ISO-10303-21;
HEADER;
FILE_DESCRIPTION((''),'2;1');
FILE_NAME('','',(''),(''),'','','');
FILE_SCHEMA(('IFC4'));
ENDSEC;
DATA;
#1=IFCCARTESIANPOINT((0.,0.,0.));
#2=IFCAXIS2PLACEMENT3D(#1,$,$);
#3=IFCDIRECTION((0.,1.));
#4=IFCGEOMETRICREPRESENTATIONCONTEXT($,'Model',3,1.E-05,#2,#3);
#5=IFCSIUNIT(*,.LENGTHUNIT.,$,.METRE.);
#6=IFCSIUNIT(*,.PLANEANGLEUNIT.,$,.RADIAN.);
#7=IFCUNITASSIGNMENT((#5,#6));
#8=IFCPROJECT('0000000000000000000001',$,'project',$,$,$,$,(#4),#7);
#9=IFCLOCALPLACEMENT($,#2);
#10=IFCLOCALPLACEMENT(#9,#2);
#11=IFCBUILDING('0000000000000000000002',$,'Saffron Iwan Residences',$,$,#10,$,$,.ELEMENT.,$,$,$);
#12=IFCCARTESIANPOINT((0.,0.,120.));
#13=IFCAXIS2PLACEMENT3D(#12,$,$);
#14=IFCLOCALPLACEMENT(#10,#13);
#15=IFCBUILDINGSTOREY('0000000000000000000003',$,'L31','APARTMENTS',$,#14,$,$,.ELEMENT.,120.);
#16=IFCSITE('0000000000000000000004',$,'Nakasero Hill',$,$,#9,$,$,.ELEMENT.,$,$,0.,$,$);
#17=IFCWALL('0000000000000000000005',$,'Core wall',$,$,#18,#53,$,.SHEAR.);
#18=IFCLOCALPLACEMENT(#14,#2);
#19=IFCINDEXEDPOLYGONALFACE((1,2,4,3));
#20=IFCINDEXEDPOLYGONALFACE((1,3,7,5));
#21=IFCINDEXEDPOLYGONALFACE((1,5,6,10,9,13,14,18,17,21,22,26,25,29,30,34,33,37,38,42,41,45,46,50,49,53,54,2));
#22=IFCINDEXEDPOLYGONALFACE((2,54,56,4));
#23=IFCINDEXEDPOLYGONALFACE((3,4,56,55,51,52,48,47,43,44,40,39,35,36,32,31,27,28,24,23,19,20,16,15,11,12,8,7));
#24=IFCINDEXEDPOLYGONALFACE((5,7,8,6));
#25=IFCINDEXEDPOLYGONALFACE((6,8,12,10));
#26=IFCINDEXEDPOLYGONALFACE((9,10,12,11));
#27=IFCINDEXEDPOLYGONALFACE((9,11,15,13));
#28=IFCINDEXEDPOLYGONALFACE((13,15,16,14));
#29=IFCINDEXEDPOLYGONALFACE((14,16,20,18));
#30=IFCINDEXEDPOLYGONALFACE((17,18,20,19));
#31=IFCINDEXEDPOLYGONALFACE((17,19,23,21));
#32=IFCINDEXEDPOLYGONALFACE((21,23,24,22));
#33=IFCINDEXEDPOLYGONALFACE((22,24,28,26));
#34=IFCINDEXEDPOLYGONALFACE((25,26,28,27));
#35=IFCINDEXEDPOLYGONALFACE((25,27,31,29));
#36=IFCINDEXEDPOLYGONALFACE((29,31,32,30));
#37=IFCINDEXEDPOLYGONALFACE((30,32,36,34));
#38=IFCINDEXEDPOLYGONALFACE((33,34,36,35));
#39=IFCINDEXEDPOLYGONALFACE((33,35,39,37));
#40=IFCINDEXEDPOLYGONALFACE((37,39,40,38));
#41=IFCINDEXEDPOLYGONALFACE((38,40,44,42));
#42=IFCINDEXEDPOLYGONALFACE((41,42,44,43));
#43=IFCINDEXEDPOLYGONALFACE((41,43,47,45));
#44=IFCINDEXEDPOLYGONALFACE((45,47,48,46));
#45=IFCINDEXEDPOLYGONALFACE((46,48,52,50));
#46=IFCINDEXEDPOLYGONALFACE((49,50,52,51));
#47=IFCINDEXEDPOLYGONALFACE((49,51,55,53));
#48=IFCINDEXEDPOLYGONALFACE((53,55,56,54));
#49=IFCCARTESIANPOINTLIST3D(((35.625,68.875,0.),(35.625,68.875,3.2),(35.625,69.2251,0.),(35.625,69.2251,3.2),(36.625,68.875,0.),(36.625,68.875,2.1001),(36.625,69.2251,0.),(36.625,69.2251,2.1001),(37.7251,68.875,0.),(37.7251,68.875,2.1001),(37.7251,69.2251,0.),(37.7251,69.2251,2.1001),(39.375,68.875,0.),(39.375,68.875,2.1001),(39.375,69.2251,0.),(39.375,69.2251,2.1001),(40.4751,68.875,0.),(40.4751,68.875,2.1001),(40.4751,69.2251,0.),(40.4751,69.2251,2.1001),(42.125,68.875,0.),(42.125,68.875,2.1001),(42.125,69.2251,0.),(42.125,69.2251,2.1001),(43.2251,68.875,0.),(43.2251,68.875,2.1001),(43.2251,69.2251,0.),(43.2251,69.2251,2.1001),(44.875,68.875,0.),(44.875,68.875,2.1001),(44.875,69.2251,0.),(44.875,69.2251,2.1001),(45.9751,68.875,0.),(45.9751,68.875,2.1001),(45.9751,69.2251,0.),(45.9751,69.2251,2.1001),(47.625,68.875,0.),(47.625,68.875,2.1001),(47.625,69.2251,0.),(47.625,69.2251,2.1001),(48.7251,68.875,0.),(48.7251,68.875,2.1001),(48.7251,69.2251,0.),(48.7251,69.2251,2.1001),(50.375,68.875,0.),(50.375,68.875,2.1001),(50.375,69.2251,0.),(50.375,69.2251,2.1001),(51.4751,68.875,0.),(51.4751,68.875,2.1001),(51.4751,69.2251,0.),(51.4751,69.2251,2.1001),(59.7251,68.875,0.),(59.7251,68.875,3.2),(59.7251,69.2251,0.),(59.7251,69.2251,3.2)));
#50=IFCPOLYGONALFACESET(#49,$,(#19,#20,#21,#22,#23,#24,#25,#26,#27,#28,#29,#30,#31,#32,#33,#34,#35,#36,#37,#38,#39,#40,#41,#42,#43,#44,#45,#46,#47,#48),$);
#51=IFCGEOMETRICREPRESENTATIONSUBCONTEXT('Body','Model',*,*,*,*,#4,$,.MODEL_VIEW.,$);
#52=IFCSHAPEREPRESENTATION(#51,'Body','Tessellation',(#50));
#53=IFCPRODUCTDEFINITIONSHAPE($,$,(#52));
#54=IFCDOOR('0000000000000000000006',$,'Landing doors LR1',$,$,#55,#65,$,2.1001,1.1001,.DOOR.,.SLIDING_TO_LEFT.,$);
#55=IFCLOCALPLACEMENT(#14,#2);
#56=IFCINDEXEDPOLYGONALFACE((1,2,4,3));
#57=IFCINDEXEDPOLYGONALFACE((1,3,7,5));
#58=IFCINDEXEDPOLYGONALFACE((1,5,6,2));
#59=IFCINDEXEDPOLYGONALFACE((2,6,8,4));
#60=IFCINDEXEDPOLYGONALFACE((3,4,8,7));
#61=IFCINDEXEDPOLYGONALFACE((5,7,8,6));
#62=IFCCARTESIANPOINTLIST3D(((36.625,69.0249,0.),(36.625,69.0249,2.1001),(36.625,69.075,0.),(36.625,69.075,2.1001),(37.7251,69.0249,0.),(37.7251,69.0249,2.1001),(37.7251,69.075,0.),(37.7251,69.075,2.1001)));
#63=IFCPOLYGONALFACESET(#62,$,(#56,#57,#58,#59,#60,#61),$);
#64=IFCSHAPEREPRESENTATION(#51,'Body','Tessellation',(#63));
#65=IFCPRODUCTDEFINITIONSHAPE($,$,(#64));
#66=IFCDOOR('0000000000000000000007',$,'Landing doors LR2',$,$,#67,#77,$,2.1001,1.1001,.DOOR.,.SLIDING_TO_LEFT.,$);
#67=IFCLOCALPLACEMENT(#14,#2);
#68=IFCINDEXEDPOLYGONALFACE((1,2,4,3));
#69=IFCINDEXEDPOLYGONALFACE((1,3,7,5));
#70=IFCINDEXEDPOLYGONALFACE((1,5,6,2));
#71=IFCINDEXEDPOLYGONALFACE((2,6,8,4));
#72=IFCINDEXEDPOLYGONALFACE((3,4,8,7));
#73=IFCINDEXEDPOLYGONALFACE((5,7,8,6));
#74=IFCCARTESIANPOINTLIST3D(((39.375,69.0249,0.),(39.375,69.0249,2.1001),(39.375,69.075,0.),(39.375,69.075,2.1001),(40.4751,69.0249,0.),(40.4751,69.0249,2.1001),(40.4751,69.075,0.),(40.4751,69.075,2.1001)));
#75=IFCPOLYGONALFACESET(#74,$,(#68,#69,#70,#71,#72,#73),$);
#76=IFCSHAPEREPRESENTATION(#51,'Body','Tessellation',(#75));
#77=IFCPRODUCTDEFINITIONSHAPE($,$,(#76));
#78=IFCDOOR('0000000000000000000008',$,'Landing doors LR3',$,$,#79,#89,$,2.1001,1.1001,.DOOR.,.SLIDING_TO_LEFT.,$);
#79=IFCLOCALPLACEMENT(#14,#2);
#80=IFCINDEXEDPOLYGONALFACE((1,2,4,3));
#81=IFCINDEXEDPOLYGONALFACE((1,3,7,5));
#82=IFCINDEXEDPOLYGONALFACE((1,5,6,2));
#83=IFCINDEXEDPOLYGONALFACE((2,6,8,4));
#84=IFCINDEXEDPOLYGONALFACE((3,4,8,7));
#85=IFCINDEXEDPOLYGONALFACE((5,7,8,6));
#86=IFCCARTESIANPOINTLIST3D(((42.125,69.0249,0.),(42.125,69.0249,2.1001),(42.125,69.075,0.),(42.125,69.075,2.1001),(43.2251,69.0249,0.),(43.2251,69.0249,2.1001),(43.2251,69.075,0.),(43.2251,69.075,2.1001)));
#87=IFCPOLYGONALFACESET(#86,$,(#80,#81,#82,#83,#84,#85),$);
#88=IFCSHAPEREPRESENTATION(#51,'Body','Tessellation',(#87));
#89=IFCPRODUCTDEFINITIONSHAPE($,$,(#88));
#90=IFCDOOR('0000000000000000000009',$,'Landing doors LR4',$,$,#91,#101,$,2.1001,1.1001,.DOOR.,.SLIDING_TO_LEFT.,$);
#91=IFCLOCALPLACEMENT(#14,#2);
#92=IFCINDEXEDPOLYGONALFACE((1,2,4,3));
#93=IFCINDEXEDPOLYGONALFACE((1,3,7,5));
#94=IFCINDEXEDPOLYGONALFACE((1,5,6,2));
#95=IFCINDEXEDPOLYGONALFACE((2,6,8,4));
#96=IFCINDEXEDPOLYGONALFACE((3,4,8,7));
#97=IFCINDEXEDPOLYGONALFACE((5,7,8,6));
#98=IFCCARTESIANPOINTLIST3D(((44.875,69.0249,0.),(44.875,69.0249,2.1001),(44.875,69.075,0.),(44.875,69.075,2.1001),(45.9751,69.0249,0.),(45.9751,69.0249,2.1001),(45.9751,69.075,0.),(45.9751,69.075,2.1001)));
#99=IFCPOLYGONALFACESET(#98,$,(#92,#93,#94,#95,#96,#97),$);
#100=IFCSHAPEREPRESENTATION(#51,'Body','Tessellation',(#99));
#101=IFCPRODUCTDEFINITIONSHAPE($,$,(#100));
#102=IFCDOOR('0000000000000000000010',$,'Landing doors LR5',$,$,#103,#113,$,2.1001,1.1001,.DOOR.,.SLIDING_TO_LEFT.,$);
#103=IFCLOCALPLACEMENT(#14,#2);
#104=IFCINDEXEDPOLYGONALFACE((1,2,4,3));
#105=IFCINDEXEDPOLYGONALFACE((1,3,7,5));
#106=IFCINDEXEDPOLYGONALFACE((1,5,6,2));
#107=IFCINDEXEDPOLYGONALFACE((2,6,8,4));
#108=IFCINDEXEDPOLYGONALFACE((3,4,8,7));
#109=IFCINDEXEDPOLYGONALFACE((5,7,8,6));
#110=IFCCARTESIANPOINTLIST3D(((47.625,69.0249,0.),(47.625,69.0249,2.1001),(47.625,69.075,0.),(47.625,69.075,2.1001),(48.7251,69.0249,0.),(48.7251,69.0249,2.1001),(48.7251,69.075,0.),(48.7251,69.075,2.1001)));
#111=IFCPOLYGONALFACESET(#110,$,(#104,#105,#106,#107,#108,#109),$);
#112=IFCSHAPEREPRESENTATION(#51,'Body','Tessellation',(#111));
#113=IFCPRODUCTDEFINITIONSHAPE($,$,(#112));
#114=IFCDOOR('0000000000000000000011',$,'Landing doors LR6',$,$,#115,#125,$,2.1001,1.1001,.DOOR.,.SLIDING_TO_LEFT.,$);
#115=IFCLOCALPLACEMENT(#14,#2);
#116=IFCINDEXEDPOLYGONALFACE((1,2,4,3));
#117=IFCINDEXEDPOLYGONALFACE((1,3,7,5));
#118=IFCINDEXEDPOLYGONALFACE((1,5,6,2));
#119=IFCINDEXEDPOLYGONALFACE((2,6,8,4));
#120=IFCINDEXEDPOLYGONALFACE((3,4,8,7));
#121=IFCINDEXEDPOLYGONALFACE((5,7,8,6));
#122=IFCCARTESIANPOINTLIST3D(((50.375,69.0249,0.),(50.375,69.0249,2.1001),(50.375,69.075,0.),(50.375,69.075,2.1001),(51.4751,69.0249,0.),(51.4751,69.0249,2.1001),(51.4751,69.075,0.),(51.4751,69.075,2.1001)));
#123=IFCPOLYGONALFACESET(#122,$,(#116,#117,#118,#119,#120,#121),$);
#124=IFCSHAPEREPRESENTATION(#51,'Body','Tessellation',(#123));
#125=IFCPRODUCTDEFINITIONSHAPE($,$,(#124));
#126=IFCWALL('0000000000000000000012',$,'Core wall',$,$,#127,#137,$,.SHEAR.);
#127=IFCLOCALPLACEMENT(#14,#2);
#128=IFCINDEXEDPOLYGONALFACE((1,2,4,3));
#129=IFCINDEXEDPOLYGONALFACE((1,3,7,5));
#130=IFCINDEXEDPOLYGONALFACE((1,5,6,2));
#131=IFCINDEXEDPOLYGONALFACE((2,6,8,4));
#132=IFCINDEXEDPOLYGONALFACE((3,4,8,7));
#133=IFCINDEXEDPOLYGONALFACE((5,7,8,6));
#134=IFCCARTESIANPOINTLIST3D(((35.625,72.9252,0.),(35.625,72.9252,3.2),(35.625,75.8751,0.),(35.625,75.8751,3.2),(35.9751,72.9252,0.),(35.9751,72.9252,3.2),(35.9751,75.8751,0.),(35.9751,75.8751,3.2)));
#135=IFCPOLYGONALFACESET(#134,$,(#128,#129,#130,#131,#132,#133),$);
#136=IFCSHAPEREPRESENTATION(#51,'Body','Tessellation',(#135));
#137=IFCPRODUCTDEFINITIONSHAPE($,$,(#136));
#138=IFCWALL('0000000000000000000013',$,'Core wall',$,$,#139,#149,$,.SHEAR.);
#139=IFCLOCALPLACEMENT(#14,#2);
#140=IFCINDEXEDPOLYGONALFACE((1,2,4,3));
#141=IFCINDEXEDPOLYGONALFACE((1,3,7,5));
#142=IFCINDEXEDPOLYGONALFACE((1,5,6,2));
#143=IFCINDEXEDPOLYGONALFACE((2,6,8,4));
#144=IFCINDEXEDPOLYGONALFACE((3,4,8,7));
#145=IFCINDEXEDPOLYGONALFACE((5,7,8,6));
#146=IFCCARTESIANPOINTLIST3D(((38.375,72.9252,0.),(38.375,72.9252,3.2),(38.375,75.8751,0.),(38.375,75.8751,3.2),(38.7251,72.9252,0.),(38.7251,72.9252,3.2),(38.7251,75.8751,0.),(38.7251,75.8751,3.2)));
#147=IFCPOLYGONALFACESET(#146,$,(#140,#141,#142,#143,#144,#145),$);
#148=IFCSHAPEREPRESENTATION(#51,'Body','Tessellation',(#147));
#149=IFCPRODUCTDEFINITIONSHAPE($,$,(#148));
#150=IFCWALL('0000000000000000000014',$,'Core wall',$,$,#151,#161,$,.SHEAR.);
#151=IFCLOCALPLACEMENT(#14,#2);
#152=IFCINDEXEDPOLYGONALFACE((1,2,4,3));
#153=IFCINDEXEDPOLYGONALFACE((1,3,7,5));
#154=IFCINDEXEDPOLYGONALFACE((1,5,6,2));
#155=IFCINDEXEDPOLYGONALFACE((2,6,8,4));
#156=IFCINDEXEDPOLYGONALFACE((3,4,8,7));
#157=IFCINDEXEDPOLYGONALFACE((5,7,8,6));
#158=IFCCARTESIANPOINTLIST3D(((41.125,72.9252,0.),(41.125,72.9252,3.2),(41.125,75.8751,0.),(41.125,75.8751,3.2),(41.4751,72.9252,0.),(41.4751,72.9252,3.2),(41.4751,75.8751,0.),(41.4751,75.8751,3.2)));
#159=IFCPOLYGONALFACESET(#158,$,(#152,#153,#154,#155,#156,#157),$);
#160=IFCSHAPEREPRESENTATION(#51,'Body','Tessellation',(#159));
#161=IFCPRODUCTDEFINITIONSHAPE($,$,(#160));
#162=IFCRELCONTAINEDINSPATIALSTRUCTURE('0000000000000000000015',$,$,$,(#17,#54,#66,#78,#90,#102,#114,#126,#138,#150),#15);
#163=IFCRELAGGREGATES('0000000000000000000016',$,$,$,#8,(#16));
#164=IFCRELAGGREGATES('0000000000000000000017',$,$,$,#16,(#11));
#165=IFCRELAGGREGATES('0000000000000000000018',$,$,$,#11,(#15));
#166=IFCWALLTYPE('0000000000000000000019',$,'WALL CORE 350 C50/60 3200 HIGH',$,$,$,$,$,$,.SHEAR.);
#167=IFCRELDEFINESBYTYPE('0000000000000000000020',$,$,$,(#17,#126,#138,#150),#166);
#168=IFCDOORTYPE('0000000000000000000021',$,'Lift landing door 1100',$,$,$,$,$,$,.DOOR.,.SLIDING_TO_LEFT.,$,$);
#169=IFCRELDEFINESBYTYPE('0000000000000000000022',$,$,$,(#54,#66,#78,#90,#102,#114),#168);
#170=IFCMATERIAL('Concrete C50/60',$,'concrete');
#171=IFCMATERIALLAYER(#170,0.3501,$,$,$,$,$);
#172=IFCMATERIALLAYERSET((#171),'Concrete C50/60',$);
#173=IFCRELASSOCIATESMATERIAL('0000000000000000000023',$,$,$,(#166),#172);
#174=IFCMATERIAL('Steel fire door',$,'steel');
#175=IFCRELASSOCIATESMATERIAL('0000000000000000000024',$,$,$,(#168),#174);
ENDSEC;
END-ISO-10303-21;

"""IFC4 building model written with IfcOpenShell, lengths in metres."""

from ifc_helpers import new_model, si_unit, direction, frame, frame_2d, origin, place, context, subcontext, project, spatial, rectangle, extrude, material, layer, layer_set, type_object, element, fill, save


model = new_model("IFC4")

# Units and contexts
model_context = context("Model", 3, precision=1e-05, world=origin(), true_north=direction((0.0, 1.0)))
body_context = subcontext(model_context, "Body", "Model", "MODEL_VIEW")
ifc_project = project(units=[si_unit("LENGTHUNIT", "METRE"), si_unit("PLANEANGLEUNIT", "RADIAN")], contexts=[model_context])

# Site, building, storey
site_placement = place(None, origin())
site = spatial("IfcSite", under=ifc_project, at=site_placement, Name="Nakasero Hill", CompositionType="ELEMENT", RefElevation=0.0)
building_placement = place(site_placement, origin())
building = spatial("IfcBuilding", under=site, at=building_placement, Name="Saffron Iwan Residences", CompositionType="ELEMENT")
storey_placement = place(building_placement, frame((0.0, 0.0, 120.0)))
storey = spatial("IfcBuildingStorey", under=building, at=storey_placement, Name="L31", Description="APARTMENTS", CompositionType="ELEMENT", Elevation=120.0)

# Shared definitions
ifc_material_1 = material(Name="Concrete C50/60", Category="concrete")

# Shared definitions
ifc_material_2 = material(Name="Steel fire door", Category="steel")

# Wall, openings, doors
ifc_layer_1 = layer(ifc_material_1, 0.3501)
ifc_layer_set_1 = layer_set([ifc_layer_1], Name="Concrete C50/60")
wall_type_1 = type_object("IfcWallType", Name="WALL CORE 350 C50/60 3200 HIGH", PredefinedType="SHEAR", material=ifc_layer_set_1)
wall_1_placement = place(storey_placement, frame((35.625, 69.05, 0.0), z_axis=(0.0, 0.0, 1.0), x_axis=(1.0, 0.0, 0.0)))
wall_1 = element("IfcWall", 1, at=wall_1_placement, inside=storey, type_object=wall_type_1, Name="Core wall", PredefinedType="SHEAR", context=body_context, shape_type="SweptSolid", body=[
    extrude(rectangle(XDim=24.1001, YDim=0.3501, at=frame_2d((12.05, 0.0))), origin(), (0.0, 0.0, 1.0), 3.2),
])
opening_1_placement = place(wall_1_placement, frame((1.0, 0.0, 0.0)))
opening_1 = element("IfcOpeningElement", 2, at=opening_1_placement, cuts=wall_1, PredefinedType="OPENING", context=body_context, shape_type="SweptSolid", body=[
    extrude(rectangle(XDim=1.1001, YDim=2.1001, at=frame_2d((0.55, 1.05))), frame((0.0, 0.1851, 0.0), z_axis=(0.0, -1.0, 0.0), x_axis=(1.0, 0.0, 0.0)), (0.0, 0.0, 1.0), 0.3701),
])
opening_2_placement = place(wall_1_placement, frame((3.75, 0.0, 0.0)))
opening_2 = element("IfcOpeningElement", 3, at=opening_2_placement, cuts=wall_1, PredefinedType="OPENING", context=body_context, shape_type="SweptSolid", body=[
    extrude(rectangle(XDim=1.1001, YDim=2.1001, at=frame_2d((0.55, 1.05))), frame((0.0, 0.1851, 0.0), z_axis=(0.0, -1.0, 0.0), x_axis=(1.0, 0.0, 0.0)), (0.0, 0.0, 1.0), 0.3701),
])
opening_3_placement = place(wall_1_placement, frame((6.5, 0.0, 0.0)))
opening_3 = element("IfcOpeningElement", 4, at=opening_3_placement, cuts=wall_1, PredefinedType="OPENING", context=body_context, shape_type="SweptSolid", body=[
    extrude(rectangle(XDim=1.1001, YDim=2.1001, at=frame_2d((0.55, 1.05))), frame((0.0, 0.1851, 0.0), z_axis=(0.0, -1.0, 0.0), x_axis=(1.0, 0.0, 0.0)), (0.0, 0.0, 1.0), 0.3701),
])
opening_4_placement = place(wall_1_placement, frame((9.25, 0.0, 0.0)))
opening_4 = element("IfcOpeningElement", 5, at=opening_4_placement, cuts=wall_1, PredefinedType="OPENING", context=body_context, shape_type="SweptSolid", body=[
    extrude(rectangle(XDim=1.1001, YDim=2.1001, at=frame_2d((0.55, 1.05))), frame((0.0, 0.1851, 0.0), z_axis=(0.0, -1.0, 0.0), x_axis=(1.0, 0.0, 0.0)), (0.0, 0.0, 1.0), 0.3701),
])
opening_5_placement = place(wall_1_placement, frame((12.0, 0.0, 0.0)))
opening_5 = element("IfcOpeningElement", 6, at=opening_5_placement, cuts=wall_1, PredefinedType="OPENING", context=body_context, shape_type="SweptSolid", body=[
    extrude(rectangle(XDim=1.1001, YDim=2.1001, at=frame_2d((0.55, 1.05))), frame((0.0, 0.1851, 0.0), z_axis=(0.0, -1.0, 0.0), x_axis=(1.0, 0.0, 0.0)), (0.0, 0.0, 1.0), 0.3701),
])
opening_6_placement = place(wall_1_placement, frame((14.75, 0.0, 0.0)))
opening_6 = element("IfcOpeningElement", 7, at=opening_6_placement, cuts=wall_1, PredefinedType="OPENING", context=body_context, shape_type="SweptSolid", body=[
    extrude(rectangle(XDim=1.1001, YDim=2.1001, at=frame_2d((0.55, 1.05))), frame((0.0, 0.1851, 0.0), z_axis=(0.0, -1.0, 0.0), x_axis=(1.0, 0.0, 0.0)), (0.0, 0.0, 1.0), 0.3701),
])
door_type_1 = type_object("IfcDoorType", Name="Lift landing door 1100", OperationType="SLIDING_TO_LEFT", PredefinedType="DOOR", material=ifc_material_2)
door_1_placement = place(opening_1_placement, origin())
door_1 = element("IfcDoor", 8, at=door_1_placement, inside=storey, type_object=door_type_1, Name="Landing doors LR1", OperationType="SLIDING_TO_LEFT", OverallHeight=2.1001, OverallWidth=1.1001, PredefinedType="DOOR", context=body_context, shape_type="SweptSolid", body=[
    extrude(rectangle(XDim=1.1001, YDim=2.1001, at=frame_2d((0.55, 1.05))), frame((0.0, 0.0249, 0.0), z_axis=(0.0, -1.0, 0.0), x_axis=(1.0, 0.0, 0.0)), (0.0, 0.0, 1.0), 0.05),
])
fill(opening_1, door_1)
door_2_placement = place(opening_2_placement, origin())
door_2 = element("IfcDoor", 9, at=door_2_placement, inside=storey, type_object=door_type_1, Name="Landing doors LR2", OperationType="SLIDING_TO_LEFT", OverallHeight=2.1001, OverallWidth=1.1001, PredefinedType="DOOR", context=body_context, shape_type="SweptSolid", body=[
    extrude(rectangle(XDim=1.1001, YDim=2.1001, at=frame_2d((0.55, 1.05))), frame((0.0, 0.0249, 0.0), z_axis=(0.0, -1.0, 0.0), x_axis=(1.0, 0.0, 0.0)), (0.0, 0.0, 1.0), 0.05),
])
fill(opening_2, door_2)
door_3_placement = place(opening_3_placement, origin())
door_3 = element("IfcDoor", 10, at=door_3_placement, inside=storey, type_object=door_type_1, Name="Landing doors LR3", OperationType="SLIDING_TO_LEFT", OverallHeight=2.1001, OverallWidth=1.1001, PredefinedType="DOOR", context=body_context, shape_type="SweptSolid", body=[
    extrude(rectangle(XDim=1.1001, YDim=2.1001, at=frame_2d((0.55, 1.05))), frame((0.0, 0.0249, 0.0), z_axis=(0.0, -1.0, 0.0), x_axis=(1.0, 0.0, 0.0)), (0.0, 0.0, 1.0), 0.05),
])
fill(opening_3, door_3)
door_4_placement = place(opening_4_placement, origin())
door_4 = element("IfcDoor", 11, at=door_4_placement, inside=storey, type_object=door_type_1, Name="Landing doors LR4", OperationType="SLIDING_TO_LEFT", OverallHeight=2.1001, OverallWidth=1.1001, PredefinedType="DOOR", context=body_context, shape_type="SweptSolid", body=[
    extrude(rectangle(XDim=1.1001, YDim=2.1001, at=frame_2d((0.55, 1.05))), frame((0.0, 0.0249, 0.0), z_axis=(0.0, -1.0, 0.0), x_axis=(1.0, 0.0, 0.0)), (0.0, 0.0, 1.0), 0.05),
])
fill(opening_4, door_4)
door_5_placement = place(opening_5_placement, origin())
door_5 = element("IfcDoor", 12, at=door_5_placement, inside=storey, type_object=door_type_1, Name="Landing doors LR5", OperationType="SLIDING_TO_LEFT", OverallHeight=2.1001, OverallWidth=1.1001, PredefinedType="DOOR", context=body_context, shape_type="SweptSolid", body=[
    extrude(rectangle(XDim=1.1001, YDim=2.1001, at=frame_2d((0.55, 1.05))), frame((0.0, 0.0249, 0.0), z_axis=(0.0, -1.0, 0.0), x_axis=(1.0, 0.0, 0.0)), (0.0, 0.0, 1.0), 0.05),
])
fill(opening_5, door_5)
door_6_placement = place(opening_6_placement, origin())
door_6 = element("IfcDoor", 13, at=door_6_placement, inside=storey, type_object=door_type_1, Name="Landing doors LR6", OperationType="SLIDING_TO_LEFT", OverallHeight=2.1001, OverallWidth=1.1001, PredefinedType="DOOR", context=body_context, shape_type="SweptSolid", body=[
    extrude(rectangle(XDim=1.1001, YDim=2.1001, at=frame_2d((0.55, 1.05))), frame((0.0, 0.0249, 0.0), z_axis=(0.0, -1.0, 0.0), x_axis=(1.0, 0.0, 0.0)), (0.0, 0.0, 1.0), 0.05),
])
fill(opening_6, door_6)

# Walls
for number, where, z_axis, x_axis, name in (
    (14, (35.8, 72.925, 0.0), (0.0, 0.0, 1.0), (0.0, 1.0, 0.0), "Core wall"),
    (15, (38.55, 72.925, 0.0), (0.0, 0.0, 1.0), (0.0, 1.0, 0.0), "Core wall"),
    (16, (41.3, 72.925, 0.0), (0.0, 0.0, 1.0), (0.0, 1.0, 0.0), "Core wall"),
):
    element("IfcWall", number, at=place(storey_placement, frame(where, z_axis=z_axis, x_axis=x_axis)), inside=storey, type_object=wall_type_1, Name=name, PredefinedType="SHEAR", context=body_context, shape_type="SweptSolid", body=[
        extrude(rectangle(XDim=2.95, YDim=0.3501, at=frame_2d((1.4751, 0.0))), origin(), (0.0, 0.0, 1.0), 3.2),
    ])

save(model, "model.ifc")
